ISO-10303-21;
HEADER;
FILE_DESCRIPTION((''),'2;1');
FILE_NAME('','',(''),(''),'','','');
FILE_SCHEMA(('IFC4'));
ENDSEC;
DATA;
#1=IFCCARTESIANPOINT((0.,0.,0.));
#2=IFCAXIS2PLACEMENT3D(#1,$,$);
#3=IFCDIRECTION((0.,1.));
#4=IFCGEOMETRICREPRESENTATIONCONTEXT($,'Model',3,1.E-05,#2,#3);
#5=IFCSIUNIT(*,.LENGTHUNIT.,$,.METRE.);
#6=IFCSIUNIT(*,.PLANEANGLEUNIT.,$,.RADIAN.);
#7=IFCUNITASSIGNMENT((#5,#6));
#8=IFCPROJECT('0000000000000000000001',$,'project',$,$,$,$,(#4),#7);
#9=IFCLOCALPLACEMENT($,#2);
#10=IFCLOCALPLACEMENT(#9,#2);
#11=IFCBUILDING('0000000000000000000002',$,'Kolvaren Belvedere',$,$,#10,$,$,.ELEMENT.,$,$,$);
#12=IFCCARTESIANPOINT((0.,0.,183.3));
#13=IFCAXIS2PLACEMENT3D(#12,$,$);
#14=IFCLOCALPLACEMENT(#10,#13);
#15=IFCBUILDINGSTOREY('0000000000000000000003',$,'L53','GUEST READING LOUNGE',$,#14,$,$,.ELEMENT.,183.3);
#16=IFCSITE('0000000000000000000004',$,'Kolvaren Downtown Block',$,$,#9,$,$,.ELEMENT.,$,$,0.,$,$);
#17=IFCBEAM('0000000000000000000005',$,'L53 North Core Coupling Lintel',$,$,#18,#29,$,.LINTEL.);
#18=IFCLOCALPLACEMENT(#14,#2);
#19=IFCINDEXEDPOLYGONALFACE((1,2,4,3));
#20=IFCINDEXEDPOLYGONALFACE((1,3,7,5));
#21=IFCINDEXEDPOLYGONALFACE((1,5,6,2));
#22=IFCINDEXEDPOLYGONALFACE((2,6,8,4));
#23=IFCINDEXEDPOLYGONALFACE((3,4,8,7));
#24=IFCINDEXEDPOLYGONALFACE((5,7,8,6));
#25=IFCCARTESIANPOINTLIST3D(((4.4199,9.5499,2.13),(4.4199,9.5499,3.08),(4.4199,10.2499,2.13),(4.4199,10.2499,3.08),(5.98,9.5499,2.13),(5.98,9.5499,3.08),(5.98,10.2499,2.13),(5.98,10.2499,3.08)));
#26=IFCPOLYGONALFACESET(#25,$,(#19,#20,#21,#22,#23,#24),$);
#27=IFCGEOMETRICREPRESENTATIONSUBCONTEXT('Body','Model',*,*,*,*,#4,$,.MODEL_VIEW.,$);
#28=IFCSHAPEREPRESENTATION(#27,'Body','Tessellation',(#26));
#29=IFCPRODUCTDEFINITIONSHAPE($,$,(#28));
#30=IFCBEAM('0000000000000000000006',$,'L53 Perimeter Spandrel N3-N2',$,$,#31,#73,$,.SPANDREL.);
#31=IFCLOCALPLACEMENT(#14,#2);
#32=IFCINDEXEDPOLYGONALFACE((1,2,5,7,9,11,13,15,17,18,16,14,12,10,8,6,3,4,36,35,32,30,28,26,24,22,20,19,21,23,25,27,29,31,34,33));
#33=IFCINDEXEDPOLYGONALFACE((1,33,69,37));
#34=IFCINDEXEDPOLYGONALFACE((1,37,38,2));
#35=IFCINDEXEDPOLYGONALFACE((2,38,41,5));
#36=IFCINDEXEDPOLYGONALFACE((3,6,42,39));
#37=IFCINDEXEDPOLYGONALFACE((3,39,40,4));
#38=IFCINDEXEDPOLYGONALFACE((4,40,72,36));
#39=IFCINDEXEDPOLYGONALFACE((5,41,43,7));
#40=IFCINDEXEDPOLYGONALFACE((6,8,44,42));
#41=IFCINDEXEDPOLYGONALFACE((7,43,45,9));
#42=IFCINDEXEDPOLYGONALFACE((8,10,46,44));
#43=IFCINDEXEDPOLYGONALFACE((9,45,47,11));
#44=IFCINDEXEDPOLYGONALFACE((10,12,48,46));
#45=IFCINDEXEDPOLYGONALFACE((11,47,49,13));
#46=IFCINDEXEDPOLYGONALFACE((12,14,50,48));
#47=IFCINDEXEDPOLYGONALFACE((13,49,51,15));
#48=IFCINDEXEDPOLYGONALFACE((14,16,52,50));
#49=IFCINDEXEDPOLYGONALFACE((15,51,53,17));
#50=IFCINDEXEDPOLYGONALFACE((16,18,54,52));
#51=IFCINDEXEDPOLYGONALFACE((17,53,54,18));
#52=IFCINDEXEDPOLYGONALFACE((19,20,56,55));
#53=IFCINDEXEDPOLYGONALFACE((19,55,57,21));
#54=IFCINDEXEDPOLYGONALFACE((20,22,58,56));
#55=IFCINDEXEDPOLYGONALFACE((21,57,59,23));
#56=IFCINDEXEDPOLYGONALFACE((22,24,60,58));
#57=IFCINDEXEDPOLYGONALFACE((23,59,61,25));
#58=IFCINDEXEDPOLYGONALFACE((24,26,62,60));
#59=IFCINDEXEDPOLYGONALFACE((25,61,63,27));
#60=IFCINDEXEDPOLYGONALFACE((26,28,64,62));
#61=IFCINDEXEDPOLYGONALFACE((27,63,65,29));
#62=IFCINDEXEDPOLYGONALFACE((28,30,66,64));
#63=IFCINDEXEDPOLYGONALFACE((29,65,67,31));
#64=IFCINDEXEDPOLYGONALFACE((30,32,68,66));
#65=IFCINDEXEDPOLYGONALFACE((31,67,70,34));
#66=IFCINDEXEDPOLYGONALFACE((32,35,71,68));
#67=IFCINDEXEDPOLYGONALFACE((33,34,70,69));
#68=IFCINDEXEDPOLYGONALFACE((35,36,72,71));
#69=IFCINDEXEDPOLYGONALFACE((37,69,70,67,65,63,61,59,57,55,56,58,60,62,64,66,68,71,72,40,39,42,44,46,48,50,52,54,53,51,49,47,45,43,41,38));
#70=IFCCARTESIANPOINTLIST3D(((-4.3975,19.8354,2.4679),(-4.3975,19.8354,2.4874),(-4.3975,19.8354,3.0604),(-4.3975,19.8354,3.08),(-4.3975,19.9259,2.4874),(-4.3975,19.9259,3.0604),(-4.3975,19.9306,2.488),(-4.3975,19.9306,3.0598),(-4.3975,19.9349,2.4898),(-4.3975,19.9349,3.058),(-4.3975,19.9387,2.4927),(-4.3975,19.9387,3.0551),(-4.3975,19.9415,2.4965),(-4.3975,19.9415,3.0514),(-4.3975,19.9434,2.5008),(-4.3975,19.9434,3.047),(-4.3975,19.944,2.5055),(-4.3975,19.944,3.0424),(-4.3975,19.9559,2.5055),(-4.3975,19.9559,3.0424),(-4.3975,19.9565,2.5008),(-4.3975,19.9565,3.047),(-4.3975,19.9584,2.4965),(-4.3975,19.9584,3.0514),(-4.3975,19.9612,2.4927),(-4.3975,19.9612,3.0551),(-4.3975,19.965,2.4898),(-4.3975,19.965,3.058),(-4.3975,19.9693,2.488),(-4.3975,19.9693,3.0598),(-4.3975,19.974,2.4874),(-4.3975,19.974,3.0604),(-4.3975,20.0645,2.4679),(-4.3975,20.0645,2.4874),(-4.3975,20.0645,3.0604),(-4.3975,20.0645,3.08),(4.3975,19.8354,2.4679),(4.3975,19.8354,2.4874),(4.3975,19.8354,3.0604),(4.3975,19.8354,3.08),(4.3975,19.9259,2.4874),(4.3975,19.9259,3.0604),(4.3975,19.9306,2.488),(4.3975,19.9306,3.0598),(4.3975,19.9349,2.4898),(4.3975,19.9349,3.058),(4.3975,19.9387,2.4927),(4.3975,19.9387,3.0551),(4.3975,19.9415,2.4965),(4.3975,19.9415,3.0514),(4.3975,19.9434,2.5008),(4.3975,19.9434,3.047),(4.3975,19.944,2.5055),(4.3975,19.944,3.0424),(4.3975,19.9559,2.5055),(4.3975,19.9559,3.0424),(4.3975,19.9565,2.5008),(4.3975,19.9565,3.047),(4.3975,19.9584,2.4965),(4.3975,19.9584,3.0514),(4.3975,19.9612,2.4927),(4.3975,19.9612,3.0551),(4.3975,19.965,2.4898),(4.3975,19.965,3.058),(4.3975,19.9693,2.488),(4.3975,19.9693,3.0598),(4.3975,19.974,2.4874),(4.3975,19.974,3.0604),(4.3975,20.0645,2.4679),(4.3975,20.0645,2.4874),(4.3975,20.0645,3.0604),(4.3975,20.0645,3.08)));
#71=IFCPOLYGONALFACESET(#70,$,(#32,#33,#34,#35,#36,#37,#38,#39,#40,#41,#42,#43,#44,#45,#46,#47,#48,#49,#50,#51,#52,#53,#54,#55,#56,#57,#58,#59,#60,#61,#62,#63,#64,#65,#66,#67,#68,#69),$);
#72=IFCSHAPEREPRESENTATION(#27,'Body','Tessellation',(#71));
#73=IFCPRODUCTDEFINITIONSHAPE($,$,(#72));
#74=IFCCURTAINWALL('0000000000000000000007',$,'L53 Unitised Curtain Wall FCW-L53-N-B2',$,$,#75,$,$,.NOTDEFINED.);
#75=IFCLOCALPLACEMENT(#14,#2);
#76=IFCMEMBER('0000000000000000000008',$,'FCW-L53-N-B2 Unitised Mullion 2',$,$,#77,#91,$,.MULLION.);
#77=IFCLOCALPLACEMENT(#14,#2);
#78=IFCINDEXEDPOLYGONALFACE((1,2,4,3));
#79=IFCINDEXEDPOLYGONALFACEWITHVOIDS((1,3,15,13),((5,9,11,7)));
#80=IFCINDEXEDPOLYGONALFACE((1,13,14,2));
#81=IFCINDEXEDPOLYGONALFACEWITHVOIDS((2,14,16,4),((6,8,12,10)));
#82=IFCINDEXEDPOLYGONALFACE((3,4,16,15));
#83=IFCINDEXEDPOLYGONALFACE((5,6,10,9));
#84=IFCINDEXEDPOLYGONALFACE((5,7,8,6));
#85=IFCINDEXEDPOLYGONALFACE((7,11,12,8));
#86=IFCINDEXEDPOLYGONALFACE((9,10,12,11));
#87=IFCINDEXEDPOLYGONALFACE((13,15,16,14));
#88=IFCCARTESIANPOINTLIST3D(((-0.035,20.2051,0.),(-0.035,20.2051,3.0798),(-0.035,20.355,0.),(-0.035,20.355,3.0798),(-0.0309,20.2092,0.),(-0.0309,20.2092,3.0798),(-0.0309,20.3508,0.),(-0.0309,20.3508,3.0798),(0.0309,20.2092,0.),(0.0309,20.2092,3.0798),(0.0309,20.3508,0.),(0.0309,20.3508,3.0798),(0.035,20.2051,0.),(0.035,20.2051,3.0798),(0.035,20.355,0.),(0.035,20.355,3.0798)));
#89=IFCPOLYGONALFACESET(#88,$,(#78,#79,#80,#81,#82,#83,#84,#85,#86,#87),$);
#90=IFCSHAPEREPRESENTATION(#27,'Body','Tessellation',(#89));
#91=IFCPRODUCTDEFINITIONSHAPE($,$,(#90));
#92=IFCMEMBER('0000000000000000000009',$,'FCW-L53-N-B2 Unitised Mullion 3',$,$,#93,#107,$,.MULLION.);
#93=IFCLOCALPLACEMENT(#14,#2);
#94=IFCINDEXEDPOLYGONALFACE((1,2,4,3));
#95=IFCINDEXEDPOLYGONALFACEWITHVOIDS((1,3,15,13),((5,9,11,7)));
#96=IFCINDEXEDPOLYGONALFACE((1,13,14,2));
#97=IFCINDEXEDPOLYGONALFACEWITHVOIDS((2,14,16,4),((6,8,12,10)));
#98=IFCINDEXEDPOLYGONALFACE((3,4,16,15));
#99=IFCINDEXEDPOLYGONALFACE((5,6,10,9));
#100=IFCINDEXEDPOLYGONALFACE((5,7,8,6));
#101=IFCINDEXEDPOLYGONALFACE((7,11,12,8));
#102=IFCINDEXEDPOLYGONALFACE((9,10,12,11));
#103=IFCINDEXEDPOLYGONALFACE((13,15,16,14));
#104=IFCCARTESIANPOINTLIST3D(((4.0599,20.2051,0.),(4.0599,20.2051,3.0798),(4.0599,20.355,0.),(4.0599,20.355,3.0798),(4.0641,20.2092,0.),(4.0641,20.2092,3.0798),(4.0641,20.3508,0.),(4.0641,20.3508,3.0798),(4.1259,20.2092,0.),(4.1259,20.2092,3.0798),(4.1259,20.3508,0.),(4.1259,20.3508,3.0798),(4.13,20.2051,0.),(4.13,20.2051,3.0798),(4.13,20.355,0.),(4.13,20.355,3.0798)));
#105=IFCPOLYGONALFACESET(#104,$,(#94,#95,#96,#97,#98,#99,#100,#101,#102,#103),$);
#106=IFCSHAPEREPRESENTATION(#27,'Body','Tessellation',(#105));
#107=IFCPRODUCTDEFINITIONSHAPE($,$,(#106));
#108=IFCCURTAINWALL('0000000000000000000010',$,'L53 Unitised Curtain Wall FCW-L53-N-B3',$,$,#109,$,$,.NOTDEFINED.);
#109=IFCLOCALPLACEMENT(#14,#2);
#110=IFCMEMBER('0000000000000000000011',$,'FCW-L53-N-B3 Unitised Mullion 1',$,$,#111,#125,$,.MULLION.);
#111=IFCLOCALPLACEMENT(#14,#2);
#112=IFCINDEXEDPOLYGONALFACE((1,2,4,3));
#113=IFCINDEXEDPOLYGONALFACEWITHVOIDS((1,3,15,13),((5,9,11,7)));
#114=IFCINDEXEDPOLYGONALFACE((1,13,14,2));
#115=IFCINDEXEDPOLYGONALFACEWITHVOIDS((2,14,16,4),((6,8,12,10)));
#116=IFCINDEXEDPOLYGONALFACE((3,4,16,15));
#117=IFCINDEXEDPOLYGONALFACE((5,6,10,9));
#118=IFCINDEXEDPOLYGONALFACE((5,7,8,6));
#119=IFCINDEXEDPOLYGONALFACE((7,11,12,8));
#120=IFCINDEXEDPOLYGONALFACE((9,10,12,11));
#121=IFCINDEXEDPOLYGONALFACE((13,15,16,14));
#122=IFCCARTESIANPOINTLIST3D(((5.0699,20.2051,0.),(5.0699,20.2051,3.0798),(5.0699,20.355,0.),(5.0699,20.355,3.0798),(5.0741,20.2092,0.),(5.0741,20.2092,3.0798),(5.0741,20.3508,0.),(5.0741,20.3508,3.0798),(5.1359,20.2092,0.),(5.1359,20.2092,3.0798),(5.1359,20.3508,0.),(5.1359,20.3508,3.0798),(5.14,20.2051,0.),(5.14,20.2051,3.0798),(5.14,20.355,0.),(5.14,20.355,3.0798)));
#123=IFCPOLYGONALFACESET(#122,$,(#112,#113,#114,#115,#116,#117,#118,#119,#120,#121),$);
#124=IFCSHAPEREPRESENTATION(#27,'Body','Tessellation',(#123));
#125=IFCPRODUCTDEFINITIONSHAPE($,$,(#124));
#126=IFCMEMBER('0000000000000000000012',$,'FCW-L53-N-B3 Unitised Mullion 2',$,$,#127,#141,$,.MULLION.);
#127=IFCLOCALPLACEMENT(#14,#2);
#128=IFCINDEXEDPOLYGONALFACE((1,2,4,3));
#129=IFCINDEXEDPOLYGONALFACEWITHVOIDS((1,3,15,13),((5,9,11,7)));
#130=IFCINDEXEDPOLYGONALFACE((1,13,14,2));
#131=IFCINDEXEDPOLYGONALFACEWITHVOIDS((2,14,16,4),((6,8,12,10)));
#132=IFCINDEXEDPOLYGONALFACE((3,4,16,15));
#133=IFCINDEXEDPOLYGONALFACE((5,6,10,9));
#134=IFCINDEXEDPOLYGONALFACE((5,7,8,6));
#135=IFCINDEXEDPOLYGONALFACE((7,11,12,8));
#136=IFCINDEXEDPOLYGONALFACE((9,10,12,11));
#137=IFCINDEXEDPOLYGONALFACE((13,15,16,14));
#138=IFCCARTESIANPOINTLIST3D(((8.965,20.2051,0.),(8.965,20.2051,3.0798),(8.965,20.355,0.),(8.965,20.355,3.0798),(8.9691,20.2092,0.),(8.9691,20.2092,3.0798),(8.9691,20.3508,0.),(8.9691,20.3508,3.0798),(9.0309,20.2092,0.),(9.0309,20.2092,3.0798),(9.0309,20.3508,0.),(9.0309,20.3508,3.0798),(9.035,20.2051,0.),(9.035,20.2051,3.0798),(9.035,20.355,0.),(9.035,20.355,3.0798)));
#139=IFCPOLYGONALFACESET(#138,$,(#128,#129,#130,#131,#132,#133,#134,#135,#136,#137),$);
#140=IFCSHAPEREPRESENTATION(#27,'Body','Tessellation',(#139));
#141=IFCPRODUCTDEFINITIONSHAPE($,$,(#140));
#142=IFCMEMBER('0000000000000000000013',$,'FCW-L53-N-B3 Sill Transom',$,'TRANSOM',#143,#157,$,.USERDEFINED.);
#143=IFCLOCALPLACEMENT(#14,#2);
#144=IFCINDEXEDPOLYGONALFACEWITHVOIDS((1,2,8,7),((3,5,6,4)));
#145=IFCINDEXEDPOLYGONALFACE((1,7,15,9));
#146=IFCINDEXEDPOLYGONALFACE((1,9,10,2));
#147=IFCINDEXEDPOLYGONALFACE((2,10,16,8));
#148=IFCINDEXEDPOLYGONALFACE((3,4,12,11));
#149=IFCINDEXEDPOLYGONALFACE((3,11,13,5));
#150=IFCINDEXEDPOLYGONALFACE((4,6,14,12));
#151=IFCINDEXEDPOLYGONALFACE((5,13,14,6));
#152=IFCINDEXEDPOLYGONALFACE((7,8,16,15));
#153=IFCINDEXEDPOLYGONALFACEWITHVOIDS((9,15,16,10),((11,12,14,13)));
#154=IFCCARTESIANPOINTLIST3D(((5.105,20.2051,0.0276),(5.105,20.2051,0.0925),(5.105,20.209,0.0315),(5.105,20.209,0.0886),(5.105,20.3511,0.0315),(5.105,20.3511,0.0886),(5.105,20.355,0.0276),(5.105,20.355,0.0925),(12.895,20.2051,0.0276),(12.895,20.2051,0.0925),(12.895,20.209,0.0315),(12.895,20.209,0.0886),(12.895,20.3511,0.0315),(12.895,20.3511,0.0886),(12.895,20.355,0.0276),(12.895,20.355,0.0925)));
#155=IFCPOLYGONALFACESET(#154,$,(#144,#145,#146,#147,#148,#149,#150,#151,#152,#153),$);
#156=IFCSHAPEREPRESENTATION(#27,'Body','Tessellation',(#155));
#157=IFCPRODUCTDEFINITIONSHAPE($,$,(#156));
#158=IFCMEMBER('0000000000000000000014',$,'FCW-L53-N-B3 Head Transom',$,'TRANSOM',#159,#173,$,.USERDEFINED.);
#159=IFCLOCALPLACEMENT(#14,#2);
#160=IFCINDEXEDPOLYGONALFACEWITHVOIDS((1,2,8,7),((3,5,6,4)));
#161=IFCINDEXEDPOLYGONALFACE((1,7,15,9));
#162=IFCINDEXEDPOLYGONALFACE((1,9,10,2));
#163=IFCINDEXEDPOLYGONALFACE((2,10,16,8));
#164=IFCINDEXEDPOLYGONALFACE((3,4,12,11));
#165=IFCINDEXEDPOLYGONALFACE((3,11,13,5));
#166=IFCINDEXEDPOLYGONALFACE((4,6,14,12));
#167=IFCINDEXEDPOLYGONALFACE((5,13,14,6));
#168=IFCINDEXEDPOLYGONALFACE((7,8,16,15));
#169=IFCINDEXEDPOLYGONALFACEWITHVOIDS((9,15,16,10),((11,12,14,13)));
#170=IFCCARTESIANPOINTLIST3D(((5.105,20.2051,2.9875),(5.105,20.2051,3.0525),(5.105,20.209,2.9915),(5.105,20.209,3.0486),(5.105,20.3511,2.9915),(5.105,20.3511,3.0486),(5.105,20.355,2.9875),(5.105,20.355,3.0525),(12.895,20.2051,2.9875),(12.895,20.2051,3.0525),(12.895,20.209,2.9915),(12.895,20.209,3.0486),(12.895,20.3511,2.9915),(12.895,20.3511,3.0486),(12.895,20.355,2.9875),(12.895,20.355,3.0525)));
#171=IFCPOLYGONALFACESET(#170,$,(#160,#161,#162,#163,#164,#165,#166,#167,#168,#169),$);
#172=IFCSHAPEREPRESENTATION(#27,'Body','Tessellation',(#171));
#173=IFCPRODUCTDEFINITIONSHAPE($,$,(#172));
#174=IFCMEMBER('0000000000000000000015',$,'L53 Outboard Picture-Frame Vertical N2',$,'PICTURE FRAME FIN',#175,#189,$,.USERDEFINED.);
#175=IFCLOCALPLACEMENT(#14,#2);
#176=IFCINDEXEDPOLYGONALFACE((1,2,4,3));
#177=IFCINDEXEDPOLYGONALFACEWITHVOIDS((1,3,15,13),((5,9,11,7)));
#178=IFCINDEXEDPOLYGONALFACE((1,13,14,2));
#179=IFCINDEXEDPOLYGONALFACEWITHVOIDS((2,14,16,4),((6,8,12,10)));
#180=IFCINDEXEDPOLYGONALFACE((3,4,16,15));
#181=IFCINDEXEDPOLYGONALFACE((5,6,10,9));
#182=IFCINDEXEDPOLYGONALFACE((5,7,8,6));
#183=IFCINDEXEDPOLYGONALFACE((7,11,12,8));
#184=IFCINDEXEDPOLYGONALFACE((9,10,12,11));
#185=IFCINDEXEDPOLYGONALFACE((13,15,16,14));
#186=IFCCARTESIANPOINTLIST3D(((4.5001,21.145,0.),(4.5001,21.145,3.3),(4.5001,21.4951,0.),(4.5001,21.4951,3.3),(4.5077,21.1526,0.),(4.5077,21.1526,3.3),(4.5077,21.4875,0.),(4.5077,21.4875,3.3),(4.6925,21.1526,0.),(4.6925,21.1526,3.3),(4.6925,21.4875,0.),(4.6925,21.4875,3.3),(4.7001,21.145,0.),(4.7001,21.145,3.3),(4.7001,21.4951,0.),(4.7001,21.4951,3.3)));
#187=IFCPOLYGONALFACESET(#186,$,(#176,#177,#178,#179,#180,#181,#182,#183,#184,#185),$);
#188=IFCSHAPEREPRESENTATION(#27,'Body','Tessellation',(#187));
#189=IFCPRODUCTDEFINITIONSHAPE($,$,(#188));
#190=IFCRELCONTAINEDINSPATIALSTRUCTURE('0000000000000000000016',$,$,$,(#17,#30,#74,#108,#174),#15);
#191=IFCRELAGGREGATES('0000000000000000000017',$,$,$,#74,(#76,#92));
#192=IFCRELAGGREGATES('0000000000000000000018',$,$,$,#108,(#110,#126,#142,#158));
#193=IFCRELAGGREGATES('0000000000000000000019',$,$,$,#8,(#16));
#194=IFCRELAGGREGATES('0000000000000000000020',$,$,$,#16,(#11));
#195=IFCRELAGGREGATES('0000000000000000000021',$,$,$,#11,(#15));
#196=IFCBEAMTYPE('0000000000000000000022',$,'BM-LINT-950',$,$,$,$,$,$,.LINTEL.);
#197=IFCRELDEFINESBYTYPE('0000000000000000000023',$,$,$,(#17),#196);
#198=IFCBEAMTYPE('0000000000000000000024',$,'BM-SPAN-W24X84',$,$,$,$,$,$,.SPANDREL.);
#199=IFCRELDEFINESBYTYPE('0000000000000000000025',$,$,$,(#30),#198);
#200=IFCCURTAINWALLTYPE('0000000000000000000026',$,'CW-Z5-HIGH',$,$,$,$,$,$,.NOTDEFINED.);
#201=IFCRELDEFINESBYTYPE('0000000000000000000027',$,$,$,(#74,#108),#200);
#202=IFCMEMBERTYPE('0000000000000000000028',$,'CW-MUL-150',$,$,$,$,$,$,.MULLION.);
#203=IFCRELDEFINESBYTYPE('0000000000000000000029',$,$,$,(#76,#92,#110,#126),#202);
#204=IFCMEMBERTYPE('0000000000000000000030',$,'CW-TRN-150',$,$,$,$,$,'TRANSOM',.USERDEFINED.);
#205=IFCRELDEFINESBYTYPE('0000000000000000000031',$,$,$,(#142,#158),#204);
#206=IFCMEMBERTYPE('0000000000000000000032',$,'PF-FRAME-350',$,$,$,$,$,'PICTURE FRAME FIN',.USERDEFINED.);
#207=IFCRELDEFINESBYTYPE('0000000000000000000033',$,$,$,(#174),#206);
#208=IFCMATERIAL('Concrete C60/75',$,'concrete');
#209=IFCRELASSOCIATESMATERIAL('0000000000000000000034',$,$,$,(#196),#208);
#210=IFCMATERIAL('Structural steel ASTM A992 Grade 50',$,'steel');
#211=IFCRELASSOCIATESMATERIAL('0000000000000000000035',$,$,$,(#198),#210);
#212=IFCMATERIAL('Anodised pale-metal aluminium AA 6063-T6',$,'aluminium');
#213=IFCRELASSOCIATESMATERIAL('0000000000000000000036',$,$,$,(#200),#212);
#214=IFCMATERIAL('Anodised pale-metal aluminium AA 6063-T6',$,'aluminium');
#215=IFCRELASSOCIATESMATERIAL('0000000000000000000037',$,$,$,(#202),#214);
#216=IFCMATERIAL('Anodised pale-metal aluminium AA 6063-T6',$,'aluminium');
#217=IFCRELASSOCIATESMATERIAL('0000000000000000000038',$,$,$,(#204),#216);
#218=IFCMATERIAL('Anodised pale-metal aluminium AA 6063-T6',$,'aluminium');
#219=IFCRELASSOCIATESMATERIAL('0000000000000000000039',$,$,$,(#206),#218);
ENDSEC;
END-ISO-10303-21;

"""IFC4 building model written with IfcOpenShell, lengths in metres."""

from ifc_helpers import new_model, si_unit, direction, frame, origin, origin_2d, place, context, subcontext, project, spatial, rectangle, hollow_rectangle, i_section, extrude, material, material_profile, profile_set, type_object, element, aggregate, save


model = new_model("IFC4")

# Units and contexts
model_context = context("Model", 3, precision=1e-05, world=origin(), true_north=direction((0.0, 1.0)))
body_context = subcontext(model_context, "Body", "Model", "MODEL_VIEW")
ifc_project = project(units=[si_unit("LENGTHUNIT", "METRE"), si_unit("PLANEANGLEUNIT", "RADIAN")], contexts=[model_context])

# Site, building, storey
site_placement = place(None, origin())
site = spatial("IfcSite", under=ifc_project, at=site_placement, Name="Kolvaren Downtown Block", CompositionType="ELEMENT", RefElevation=0.0)
building_placement = place(site_placement, origin())
building = spatial("IfcBuilding", under=site, at=building_placement, Name="Kolvaren Belvedere", CompositionType="ELEMENT")
storey_placement = place(building_placement, frame((0.0, 0.0, 183.3)))
storey = spatial("IfcBuildingStorey", under=building, at=storey_placement, Name="L53", Description="GUEST READING LOUNGE", CompositionType="ELEMENT", Elevation=183.3)

# Beams
ifc_material_1 = material(Name="Concrete C60/75", Category="concrete")
ifc_material_profile_1 = material_profile(ifc_material_1, rectangle(XDim=0.7, YDim=0.95, at=origin_2d()), Name="RC 700X950")
ifc_profile_set_1 = profile_set([ifc_material_profile_1], Name="Concrete C60/75")
beam_type_1 = type_object("IfcBeamType", Name="BM-LINT-950", PredefinedType="LINTEL", material=ifc_profile_set_1)
beam_1_placement = place(storey_placement, frame((4.4199, 9.8999, 2.605), z_axis=(1.0, 0.0, 0.0), x_axis=(0.0, 1.0, 0.0)))
element("IfcBeam", 1, at=beam_1_placement, inside=storey, type_object=beam_type_1, Name="L53 North Core Coupling Lintel", PredefinedType="LINTEL", context=body_context, shape_type="SweptSolid", body=[
    extrude(rectangle(XDim=0.7, YDim=0.95, at=origin_2d()), origin(), (0.0, 0.0, 1.0), 1.5601),
])
ifc_material_2 = material(Name="Structural steel ASTM A992 Grade 50", Category="steel")
ifc_material_profile_2 = material_profile(ifc_material_2, i_section(OverallWidth=0.229, OverallDepth=0.6121, WebThickness=0.012, FlangeThickness=0.0195, FilletRadius=0.0181, at=origin_2d()), Name="W24X84")
ifc_profile_set_2 = profile_set([ifc_material_profile_2], Name="Structural steel ASTM A992 Grade 50")
beam_type_2 = type_object("IfcBeamType", Name="BM-SPAN-W24X84", PredefinedType="SPANDREL", material=ifc_profile_set_2)
beam_2_placement = place(storey_placement, frame((4.3975, 19.95, 2.7739), z_axis=(-1.0, 0.0, 0.0), x_axis=(0.0, -1.0, 0.0)))
element("IfcBeam", 2, at=beam_2_placement, inside=storey, type_object=beam_type_2, Name="L53 Perimeter Spandrel N3-N2", PredefinedType="SPANDREL", context=body_context, shape_type="SweptSolid", body=[
    extrude(i_section(OverallWidth=0.229, OverallDepth=0.6121, WebThickness=0.012, FlangeThickness=0.0195, FilletRadius=0.0181, at=origin_2d()), origin(), (0.0, 0.0, 1.0), 8.7949),
])

# Curtain walls, members
ifc_material_3 = material(Name="Anodised pale-metal aluminium AA 6063-T6", Category="aluminium")
curtain_wall_type = type_object("IfcCurtainWallType", Name="CW-Z5-HIGH", PredefinedType="NOTDEFINED", material=ifc_material_3)
curtain_wall_1_placement = place(storey_placement, origin())
curtain_wall_1 = element("IfcCurtainWall", 3, at=curtain_wall_1_placement, inside=storey, type_object=curtain_wall_type, Name="L53 Unitised Curtain Wall FCW-L53-N-B2", PredefinedType="NOTDEFINED")
ifc_material_4 = material(Name="Anodised pale-metal aluminium AA 6063-T6", Category="aluminium")
ifc_material_profile_3 = material_profile(ifc_material_4, hollow_rectangle(XDim=0.0701, YDim=0.1499, WallThickness=0.0042, at=origin_2d()), Name="ALU-MUL-150X70")
ifc_profile_set_3 = profile_set([ifc_material_profile_3], Name="Anodised pale-metal aluminium AA 6063-T6")
member_type_1 = type_object("IfcMemberType", Name="CW-MUL-150", PredefinedType="MULLION", material=ifc_profile_set_3)
member_1_placement = place(storey_placement, frame((0.0, 20.28, 0.0), z_axis=(0.0, 0.0, 1.0), x_axis=(1.0, 0.0, 0.0)))
member_1 = element("IfcMember", 4, at=member_1_placement, type_object=member_type_1, Name="FCW-L53-N-B2 Unitised Mullion 2", PredefinedType="MULLION", context=body_context, shape_type="SweptSolid", body=[
    extrude(hollow_rectangle(XDim=0.0701, YDim=0.1499, WallThickness=0.0042, at=origin_2d()), origin(), (0.0, 0.0, 1.0), 3.0798),
])
member_2_placement = place(storey_placement, frame((4.095, 20.28, 0.0), z_axis=(0.0, 0.0, 1.0), x_axis=(1.0, 0.0, 0.0)))
member_2 = element("IfcMember", 5, at=member_2_placement, type_object=member_type_1, Name="FCW-L53-N-B2 Unitised Mullion 3", PredefinedType="MULLION", context=body_context, shape_type="SweptSolid", body=[
    extrude(hollow_rectangle(XDim=0.0701, YDim=0.1499, WallThickness=0.0042, at=origin_2d()), origin(), (0.0, 0.0, 1.0), 3.0798),
])
curtain_wall_2_placement = place(storey_placement, origin())
curtain_wall_2 = element("IfcCurtainWall", 6, at=curtain_wall_2_placement, inside=storey, type_object=curtain_wall_type, Name="L53 Unitised Curtain Wall FCW-L53-N-B3", PredefinedType="NOTDEFINED")
member_3_placement = place(storey_placement, frame((5.105, 20.28, 0.0), z_axis=(0.0, 0.0, 1.0), x_axis=(1.0, 0.0, 0.0)))
member_3 = element("IfcMember", 7, at=member_3_placement, type_object=member_type_1, Name="FCW-L53-N-B3 Unitised Mullion 1", PredefinedType="MULLION", context=body_context, shape_type="SweptSolid", body=[
    extrude(hollow_rectangle(XDim=0.0701, YDim=0.1499, WallThickness=0.0042, at=origin_2d()), origin(), (0.0, 0.0, 1.0), 3.0798),
])
member_4_placement = place(storey_placement, frame((9.0, 20.28, 0.0), z_axis=(0.0, 0.0, 1.0), x_axis=(1.0, 0.0, 0.0)))
member_4 = element("IfcMember", 8, at=member_4_placement, type_object=member_type_1, Name="FCW-L53-N-B3 Unitised Mullion 2", PredefinedType="MULLION", context=body_context, shape_type="SweptSolid", body=[
    extrude(hollow_rectangle(XDim=0.0701, YDim=0.1499, WallThickness=0.0042, at=origin_2d()), origin(), (0.0, 0.0, 1.0), 3.0798),
])
ifc_material_5 = material(Name="Anodised pale-metal aluminium AA 6063-T6", Category="aluminium")
ifc_material_profile_4 = material_profile(ifc_material_5, hollow_rectangle(XDim=0.0649, YDim=0.1499, WallThickness=0.0039, at=origin_2d()), Name="ALU-TRN-150X65")
ifc_profile_set_4 = profile_set([ifc_material_profile_4], Name="Anodised pale-metal aluminium AA 6063-T6")
member_type_2 = type_object("IfcMemberType", Name="CW-TRN-150", ElementType="TRANSOM", PredefinedType="USERDEFINED", material=ifc_profile_set_4)
member_5_placement = place(storey_placement, frame((5.105, 20.28, 0.0601), z_axis=(1.0, 0.0, 0.0), x_axis=(0.0, 0.0, 1.0)))
member_5 = element("IfcMember", 9, at=member_5_placement, type_object=member_type_2, Name="FCW-L53-N-B3 Sill Transom", ObjectType="TRANSOM", PredefinedType="USERDEFINED", context=body_context, shape_type="SweptSolid", body=[
    extrude(hollow_rectangle(XDim=0.0649, YDim=0.1499, WallThickness=0.0039, at=origin_2d()), origin(), (0.0, 0.0, 1.0), 7.79),
])
member_6_placement = place(storey_placement, frame((5.105, 20.28, 3.02), z_axis=(1.0, 0.0, 0.0), x_axis=(0.0, 0.0, 1.0)))
member_6 = element("IfcMember", 10, at=member_6_placement, type_object=member_type_2, Name="FCW-L53-N-B3 Head Transom", ObjectType="TRANSOM", PredefinedType="USERDEFINED", context=body_context, shape_type="SweptSolid", body=[
    extrude(hollow_rectangle(XDim=0.0649, YDim=0.1499, WallThickness=0.0039, at=origin_2d()), origin(), (0.0, 0.0, 1.0), 7.79),
])

# Member
ifc_material_6 = material(Name="Anodised pale-metal aluminium AA 6063-T6", Category="aluminium")
ifc_material_profile_5 = material_profile(ifc_material_6, hollow_rectangle(XDim=0.2, YDim=0.3501, WallThickness=0.0076, at=origin_2d()), Name="ALU-PF-350X200")
ifc_profile_set_5 = profile_set([ifc_material_profile_5], Name="Anodised pale-metal aluminium AA 6063-T6")
member_type_3 = type_object("IfcMemberType", Name="PF-FRAME-350", ElementType="PICTURE FRAME FIN", PredefinedType="USERDEFINED", material=ifc_profile_set_5)
member_7_placement = place(storey_placement, frame((4.6001, 21.3201, 0.0), z_axis=(0.0, 0.0, 1.0), x_axis=(1.0, 0.0, 0.0)))
element("IfcMember", 11, at=member_7_placement, inside=storey, type_object=member_type_3, Name="L53 Outboard Picture-Frame Vertical N2", ObjectType="PICTURE FRAME FIN", PredefinedType="USERDEFINED", context=body_context, shape_type="SweptSolid", body=[
    extrude(hollow_rectangle(XDim=0.2, YDim=0.3501, WallThickness=0.0076, at=origin_2d()), origin(), (0.0, 0.0, 1.0), 3.3),
])

aggregate(curtain_wall_1, [member_1, member_2])
aggregate(curtain_wall_2, [member_3, member_4, member_5, member_6])

save(model, "model.ifc")
